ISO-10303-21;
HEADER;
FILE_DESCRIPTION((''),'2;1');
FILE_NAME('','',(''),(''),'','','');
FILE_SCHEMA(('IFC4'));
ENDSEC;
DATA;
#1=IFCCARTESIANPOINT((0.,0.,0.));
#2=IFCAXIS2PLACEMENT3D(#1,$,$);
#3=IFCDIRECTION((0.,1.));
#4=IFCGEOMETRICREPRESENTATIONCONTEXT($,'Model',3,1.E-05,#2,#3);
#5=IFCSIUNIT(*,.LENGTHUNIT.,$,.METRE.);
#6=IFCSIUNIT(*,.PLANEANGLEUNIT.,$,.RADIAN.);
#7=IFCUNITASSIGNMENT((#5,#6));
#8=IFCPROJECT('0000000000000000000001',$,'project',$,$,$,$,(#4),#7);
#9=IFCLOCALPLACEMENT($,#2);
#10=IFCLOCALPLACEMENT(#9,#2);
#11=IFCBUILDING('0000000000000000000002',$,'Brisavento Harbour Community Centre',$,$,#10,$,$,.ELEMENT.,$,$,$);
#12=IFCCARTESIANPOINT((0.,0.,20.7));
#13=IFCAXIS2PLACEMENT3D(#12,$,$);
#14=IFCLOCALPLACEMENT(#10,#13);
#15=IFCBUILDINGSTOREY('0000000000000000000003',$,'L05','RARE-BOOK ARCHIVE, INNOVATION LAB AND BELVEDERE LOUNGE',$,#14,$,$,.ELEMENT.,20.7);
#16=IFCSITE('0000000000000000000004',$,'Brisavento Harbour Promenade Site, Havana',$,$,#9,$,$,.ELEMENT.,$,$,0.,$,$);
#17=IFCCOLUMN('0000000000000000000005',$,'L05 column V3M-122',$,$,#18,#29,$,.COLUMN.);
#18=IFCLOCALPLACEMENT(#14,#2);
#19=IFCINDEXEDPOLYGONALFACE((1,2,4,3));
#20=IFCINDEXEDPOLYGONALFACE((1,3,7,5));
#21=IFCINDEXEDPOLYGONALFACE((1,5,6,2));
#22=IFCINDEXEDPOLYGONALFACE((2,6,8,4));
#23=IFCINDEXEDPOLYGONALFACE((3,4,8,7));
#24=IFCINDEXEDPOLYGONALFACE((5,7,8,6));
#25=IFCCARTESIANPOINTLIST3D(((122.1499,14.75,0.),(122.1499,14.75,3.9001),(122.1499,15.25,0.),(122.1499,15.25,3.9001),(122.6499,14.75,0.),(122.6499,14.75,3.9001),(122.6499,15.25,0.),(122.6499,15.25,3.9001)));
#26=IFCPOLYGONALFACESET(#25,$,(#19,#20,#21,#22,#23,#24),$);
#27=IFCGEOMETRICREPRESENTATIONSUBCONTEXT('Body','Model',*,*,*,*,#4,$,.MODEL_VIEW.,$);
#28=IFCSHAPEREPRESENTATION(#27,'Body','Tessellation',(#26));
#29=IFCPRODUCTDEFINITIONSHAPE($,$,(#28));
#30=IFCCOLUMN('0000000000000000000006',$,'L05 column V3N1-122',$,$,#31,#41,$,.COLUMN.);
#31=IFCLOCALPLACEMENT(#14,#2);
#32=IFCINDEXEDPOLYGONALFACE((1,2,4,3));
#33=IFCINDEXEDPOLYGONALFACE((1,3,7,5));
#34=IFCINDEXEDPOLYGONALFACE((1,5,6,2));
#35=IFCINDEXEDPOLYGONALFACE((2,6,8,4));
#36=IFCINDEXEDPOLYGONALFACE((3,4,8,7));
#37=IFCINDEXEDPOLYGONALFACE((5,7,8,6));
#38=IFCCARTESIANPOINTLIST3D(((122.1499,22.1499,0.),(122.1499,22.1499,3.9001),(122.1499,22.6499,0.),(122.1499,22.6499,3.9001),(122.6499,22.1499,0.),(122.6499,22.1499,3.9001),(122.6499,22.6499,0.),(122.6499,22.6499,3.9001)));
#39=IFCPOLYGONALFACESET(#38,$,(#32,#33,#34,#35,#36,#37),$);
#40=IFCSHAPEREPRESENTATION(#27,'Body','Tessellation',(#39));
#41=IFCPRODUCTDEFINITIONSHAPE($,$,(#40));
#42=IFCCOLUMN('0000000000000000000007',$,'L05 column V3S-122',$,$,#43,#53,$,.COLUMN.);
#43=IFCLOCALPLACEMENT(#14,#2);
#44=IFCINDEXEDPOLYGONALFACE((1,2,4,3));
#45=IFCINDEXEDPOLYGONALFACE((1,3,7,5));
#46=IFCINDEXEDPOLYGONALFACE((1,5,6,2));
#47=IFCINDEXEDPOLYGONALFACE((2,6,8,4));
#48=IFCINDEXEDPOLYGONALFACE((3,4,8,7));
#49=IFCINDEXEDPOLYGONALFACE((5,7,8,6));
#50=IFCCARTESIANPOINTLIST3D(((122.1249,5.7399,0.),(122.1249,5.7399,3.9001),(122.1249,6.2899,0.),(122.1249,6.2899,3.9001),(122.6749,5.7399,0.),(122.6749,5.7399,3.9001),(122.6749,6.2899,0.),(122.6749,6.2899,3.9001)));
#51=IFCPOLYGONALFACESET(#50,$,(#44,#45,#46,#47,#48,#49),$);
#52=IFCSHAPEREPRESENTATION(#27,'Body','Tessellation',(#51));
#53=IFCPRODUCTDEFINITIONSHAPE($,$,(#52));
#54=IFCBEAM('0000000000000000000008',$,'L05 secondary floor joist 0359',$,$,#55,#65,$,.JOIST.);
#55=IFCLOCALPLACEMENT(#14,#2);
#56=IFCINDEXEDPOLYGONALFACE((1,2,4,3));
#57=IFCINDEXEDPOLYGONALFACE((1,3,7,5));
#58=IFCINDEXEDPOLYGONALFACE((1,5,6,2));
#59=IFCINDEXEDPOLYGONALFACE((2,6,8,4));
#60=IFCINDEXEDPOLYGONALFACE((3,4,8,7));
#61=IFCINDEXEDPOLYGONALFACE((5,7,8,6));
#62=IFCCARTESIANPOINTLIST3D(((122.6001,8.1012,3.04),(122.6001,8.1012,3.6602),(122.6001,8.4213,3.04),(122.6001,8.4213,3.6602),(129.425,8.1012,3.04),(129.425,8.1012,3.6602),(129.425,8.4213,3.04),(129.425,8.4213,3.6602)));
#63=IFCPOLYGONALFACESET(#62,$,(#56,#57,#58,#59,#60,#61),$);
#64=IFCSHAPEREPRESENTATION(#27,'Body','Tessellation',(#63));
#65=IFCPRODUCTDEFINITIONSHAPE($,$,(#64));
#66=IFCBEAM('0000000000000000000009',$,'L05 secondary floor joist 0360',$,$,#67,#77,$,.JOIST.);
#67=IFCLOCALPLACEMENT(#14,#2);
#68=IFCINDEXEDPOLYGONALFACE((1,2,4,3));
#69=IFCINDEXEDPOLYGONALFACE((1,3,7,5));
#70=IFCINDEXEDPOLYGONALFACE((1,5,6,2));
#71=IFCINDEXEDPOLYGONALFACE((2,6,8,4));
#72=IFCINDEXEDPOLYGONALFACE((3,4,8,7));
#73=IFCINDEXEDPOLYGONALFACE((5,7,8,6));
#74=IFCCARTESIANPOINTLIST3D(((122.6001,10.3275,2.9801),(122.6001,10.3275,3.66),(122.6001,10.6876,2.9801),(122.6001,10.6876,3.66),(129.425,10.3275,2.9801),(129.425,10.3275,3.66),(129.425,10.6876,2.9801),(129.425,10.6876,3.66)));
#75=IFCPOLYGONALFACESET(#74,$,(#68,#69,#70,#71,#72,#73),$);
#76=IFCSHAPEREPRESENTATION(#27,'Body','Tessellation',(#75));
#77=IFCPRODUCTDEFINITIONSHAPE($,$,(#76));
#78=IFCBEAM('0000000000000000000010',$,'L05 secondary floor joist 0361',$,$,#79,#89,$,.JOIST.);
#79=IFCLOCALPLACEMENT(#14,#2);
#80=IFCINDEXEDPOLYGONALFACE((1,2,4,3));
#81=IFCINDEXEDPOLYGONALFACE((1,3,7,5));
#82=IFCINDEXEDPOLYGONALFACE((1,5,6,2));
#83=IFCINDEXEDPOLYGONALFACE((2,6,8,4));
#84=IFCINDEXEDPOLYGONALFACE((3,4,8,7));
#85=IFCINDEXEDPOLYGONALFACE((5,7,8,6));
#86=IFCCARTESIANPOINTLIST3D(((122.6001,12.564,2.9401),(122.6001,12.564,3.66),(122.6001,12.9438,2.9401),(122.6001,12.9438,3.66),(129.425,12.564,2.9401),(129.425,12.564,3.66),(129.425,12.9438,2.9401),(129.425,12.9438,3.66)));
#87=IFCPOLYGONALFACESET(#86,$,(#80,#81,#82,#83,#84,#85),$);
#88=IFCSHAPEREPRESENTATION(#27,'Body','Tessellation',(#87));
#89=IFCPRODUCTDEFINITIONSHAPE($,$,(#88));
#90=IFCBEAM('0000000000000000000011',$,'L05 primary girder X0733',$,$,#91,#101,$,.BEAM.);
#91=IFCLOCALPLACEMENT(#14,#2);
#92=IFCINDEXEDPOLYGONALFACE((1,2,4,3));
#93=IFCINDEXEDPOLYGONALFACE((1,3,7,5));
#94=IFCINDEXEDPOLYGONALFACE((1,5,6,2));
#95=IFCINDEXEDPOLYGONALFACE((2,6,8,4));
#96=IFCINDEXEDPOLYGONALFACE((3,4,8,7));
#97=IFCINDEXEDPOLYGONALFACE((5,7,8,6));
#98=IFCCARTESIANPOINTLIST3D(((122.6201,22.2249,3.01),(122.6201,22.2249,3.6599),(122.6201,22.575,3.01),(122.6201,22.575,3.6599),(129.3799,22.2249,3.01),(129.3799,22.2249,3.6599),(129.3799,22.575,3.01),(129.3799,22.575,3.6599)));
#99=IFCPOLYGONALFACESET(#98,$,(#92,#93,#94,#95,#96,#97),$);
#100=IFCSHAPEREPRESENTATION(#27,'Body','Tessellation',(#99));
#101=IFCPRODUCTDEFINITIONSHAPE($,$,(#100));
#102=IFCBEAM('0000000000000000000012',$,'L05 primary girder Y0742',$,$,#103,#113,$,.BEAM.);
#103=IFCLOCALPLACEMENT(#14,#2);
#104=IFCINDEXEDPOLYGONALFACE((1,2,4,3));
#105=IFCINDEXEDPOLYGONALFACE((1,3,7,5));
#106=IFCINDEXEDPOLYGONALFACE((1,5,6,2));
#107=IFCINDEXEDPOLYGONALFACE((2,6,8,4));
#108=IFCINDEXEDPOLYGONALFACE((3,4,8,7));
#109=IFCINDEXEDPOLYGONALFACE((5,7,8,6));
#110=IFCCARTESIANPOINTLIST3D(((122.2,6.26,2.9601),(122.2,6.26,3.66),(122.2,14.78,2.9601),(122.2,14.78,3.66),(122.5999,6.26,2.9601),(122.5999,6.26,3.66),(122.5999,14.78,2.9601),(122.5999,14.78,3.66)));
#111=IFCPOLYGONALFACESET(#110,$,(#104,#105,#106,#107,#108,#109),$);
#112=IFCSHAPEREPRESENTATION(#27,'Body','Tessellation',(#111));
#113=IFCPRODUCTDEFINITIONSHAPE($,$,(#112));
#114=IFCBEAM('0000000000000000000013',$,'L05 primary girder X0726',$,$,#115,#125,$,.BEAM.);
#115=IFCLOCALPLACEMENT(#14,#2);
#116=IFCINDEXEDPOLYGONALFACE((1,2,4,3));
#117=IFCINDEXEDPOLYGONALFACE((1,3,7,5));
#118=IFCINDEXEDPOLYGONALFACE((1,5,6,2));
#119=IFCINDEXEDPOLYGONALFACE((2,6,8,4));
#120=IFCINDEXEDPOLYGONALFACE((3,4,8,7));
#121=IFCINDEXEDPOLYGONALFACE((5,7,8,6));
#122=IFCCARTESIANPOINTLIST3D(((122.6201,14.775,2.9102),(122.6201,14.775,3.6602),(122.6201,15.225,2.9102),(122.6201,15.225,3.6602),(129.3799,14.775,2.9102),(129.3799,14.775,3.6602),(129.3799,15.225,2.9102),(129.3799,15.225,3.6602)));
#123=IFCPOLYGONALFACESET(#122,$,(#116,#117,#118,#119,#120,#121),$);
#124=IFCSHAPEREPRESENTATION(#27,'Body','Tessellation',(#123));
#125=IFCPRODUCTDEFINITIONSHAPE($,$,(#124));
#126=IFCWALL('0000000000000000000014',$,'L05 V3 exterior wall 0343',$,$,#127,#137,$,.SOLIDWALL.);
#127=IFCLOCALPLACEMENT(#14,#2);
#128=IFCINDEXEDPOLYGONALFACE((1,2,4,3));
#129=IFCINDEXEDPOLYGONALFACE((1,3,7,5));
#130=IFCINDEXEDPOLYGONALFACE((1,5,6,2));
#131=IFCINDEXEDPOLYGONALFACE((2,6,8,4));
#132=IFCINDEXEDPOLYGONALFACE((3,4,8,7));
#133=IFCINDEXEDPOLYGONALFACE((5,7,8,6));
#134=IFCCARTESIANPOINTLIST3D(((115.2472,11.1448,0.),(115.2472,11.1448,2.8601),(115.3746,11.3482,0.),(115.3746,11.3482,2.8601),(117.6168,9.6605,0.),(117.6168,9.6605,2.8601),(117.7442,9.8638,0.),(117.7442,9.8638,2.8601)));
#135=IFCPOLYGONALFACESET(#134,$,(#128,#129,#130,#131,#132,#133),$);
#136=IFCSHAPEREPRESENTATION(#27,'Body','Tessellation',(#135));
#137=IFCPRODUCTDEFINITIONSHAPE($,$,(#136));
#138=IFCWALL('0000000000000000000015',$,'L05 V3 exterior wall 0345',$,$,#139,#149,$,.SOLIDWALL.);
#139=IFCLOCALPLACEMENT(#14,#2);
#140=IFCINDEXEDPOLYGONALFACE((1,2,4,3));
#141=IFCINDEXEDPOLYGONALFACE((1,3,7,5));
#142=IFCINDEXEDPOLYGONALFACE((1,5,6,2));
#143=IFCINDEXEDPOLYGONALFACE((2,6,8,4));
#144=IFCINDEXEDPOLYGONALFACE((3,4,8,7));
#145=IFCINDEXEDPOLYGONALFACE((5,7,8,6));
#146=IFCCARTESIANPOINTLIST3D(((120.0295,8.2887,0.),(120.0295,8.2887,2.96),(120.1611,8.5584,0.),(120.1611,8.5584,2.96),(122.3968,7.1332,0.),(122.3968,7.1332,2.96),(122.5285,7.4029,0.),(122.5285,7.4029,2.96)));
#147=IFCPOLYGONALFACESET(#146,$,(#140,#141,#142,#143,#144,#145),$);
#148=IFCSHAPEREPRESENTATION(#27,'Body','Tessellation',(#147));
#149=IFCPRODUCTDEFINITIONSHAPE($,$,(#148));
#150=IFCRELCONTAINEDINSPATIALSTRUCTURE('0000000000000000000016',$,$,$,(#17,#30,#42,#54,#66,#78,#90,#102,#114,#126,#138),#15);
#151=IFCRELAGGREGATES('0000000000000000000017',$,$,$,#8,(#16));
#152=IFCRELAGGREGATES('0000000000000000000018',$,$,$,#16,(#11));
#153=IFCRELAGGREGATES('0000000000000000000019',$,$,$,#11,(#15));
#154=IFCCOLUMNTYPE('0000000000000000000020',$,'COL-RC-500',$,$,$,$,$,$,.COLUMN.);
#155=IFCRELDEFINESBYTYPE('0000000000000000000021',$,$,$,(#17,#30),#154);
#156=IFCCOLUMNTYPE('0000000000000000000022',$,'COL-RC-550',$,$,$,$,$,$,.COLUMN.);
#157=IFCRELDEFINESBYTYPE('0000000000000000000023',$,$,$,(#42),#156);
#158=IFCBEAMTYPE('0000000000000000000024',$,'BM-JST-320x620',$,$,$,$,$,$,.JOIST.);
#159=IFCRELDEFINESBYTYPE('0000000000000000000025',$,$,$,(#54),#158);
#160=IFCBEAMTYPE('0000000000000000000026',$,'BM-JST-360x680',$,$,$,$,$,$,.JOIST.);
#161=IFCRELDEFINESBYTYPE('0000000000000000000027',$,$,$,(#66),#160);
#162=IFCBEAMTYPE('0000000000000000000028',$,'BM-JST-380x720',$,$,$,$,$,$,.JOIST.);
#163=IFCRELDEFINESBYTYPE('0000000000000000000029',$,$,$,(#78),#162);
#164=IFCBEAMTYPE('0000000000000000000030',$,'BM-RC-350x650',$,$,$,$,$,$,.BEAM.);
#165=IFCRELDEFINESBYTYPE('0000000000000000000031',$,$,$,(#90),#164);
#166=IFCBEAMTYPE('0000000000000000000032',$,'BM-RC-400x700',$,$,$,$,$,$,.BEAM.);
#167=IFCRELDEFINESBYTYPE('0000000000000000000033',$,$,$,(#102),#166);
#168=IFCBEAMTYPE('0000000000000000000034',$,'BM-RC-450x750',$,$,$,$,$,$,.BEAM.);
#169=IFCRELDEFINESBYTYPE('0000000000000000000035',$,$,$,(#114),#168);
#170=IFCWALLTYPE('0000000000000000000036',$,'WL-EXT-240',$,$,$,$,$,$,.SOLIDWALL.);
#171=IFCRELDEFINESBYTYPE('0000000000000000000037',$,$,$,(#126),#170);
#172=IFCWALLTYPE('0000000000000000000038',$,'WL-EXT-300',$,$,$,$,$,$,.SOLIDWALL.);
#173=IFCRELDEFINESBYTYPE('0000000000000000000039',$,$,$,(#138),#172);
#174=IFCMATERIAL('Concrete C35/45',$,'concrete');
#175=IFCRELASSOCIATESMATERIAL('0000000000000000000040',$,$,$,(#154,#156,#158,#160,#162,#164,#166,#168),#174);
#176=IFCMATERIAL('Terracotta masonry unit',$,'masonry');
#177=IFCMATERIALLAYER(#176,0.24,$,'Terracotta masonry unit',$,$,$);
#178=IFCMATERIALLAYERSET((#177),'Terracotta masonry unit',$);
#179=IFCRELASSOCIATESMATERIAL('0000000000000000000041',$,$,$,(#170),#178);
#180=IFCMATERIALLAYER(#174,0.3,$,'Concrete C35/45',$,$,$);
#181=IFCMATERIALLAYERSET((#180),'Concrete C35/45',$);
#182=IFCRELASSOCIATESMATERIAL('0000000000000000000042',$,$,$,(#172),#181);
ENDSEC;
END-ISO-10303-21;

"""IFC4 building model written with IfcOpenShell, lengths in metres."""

from ifc_helpers import new_model, si_unit, direction, frame, frame_2d, origin, origin_2d, place, context, subcontext, project, spatial, rectangle, extrude, material, layer, layer_set, material_profile, profile_set, type_object, element, save


model = new_model("IFC4")

# Units and contexts
model_context = context("Model", 3, precision=1e-05, world=origin(), true_north=direction((0.0, 1.0)))
body_context = subcontext(model_context, "Body", "Model", "MODEL_VIEW")
ifc_project = project(units=[si_unit("LENGTHUNIT", "METRE"), si_unit("PLANEANGLEUNIT", "RADIAN")], contexts=[model_context])

# Site, building, storey
site_placement = place(None, origin())
site = spatial("IfcSite", under=ifc_project, at=site_placement, Name="Brisavento Harbour Promenade Site, Havana", CompositionType="ELEMENT", RefElevation=0.0)
building_placement = place(site_placement, origin())
building = spatial("IfcBuilding", under=site, at=building_placement, Name="Brisavento Harbour Community Centre", CompositionType="ELEMENT")
storey_placement = place(building_placement, frame((0.0, 0.0, 20.7)))
storey = spatial("IfcBuildingStorey", under=building, at=storey_placement, Name="L05", Description="RARE-BOOK ARCHIVE, INNOVATION LAB AND BELVEDERE LOUNGE", CompositionType="ELEMENT", Elevation=20.7)

# Columns
ifc_material_1 = material(Name="Concrete C35/45", Category="concrete")
ifc_material_profile_1 = material_profile(ifc_material_1, rectangle(XDim=0.5, YDim=0.5, at=origin_2d()), Name="Concrete C35/45")
ifc_profile_set_1 = profile_set([ifc_material_profile_1], Name="Concrete C35/45")
column_type_1 = type_object("IfcColumnType", Name="COL-RC-500", PredefinedType="COLUMN", material=ifc_profile_set_1)
for number, where, z_axis, x_axis, name in (
    (1, (122.3999, 15.0, 0.0), (0.0, 0.0, 1.0), (1.0, 0.0, 0.0), "L05 column V3M-122"),
    (2, (122.3999, 22.3999, 0.0), (0.0, 0.0, 1.0), (1.0, 0.0, 0.0), "L05 column V3N1-122"),
):
    element("IfcColumn", number, at=place(storey_placement, frame(where, z_axis=z_axis, x_axis=x_axis)), inside=storey, type_object=column_type_1, Name=name, PredefinedType="COLUMN", context=body_context, shape_type="SweptSolid", body=[
        extrude(rectangle(XDim=0.5, YDim=0.5, at=origin_2d()), origin(), (0.0, 0.0, 1.0), 3.9001),
    ])
ifc_material_profile_2 = material_profile(ifc_material_1, rectangle(XDim=0.55, YDim=0.55, at=origin_2d()), Name="Concrete C35/45")
ifc_profile_set_2 = profile_set([ifc_material_profile_2], Name="Concrete C35/45")
column_type_2 = type_object("IfcColumnType", Name="COL-RC-550", PredefinedType="COLUMN", material=ifc_profile_set_2)
column_placement = place(storey_placement, frame((122.3999, 6.0149, 0.0), z_axis=(0.0, 0.0, 1.0), x_axis=(1.0, 0.0, 0.0)))
element("IfcColumn", 3, at=column_placement, inside=storey, type_object=column_type_2, Name="L05 column V3S-122", PredefinedType="COLUMN", context=body_context, shape_type="SweptSolid", body=[
    extrude(rectangle(XDim=0.55, YDim=0.55, at=origin_2d()), origin(), (0.0, 0.0, 1.0), 3.9001),
])

# Beams
ifc_material_profile_3 = material_profile(ifc_material_1, rectangle(XDim=0.3201, YDim=0.6201, at=origin_2d()), Name="Concrete C35/45")
ifc_profile_set_3 = profile_set([ifc_material_profile_3], Name="Concrete C35/45")
beam_type_1 = type_object("IfcBeamType", Name="BM-JST-320x620", PredefinedType="JOIST", material=ifc_profile_set_3)
beam_1_placement = place(storey_placement, frame((122.6001, 8.2612, 3.3501), z_axis=(1.0, 0.0, 0.0), x_axis=(0.0, 1.0, 0.0)))
element("IfcBeam", 4, at=beam_1_placement, inside=storey, type_object=beam_type_1, Name="L05 secondary floor joist 0359", PredefinedType="JOIST", context=body_context, shape_type="SweptSolid", body=[
    extrude(rectangle(XDim=0.3201, YDim=0.6201, at=origin_2d()), origin(), (0.0, 0.0, 1.0), 6.825),
])
ifc_material_profile_4 = material_profile(ifc_material_1, rectangle(XDim=0.3601, YDim=0.6799, at=origin_2d()), Name="Concrete C35/45")
ifc_profile_set_4 = profile_set([ifc_material_profile_4], Name="Concrete C35/45")
beam_type_2 = type_object("IfcBeamType", Name="BM-JST-360x680", PredefinedType="JOIST", material=ifc_profile_set_4)
beam_2_placement = place(storey_placement, frame((122.6001, 10.5076, 3.3201), z_axis=(1.0, 0.0, 0.0), x_axis=(0.0, 1.0, 0.0)))
element("IfcBeam", 5, at=beam_2_placement, inside=storey, type_object=beam_type_2, Name="L05 secondary floor joist 0360", PredefinedType="JOIST", context=body_context, shape_type="SweptSolid", body=[
    extrude(rectangle(XDim=0.3601, YDim=0.6799, at=origin_2d()), origin(), (0.0, 0.0, 1.0), 6.825),
])
ifc_material_profile_5 = material_profile(ifc_material_1, rectangle(XDim=0.3799, YDim=0.72, at=origin_2d()), Name="Concrete C35/45")
ifc_profile_set_5 = profile_set([ifc_material_profile_5], Name="Concrete C35/45")
beam_type_3 = type_object("IfcBeamType", Name="BM-JST-380x720", PredefinedType="JOIST", material=ifc_profile_set_5)
beam_3_placement = place(storey_placement, frame((122.6001, 12.7539, 3.3), z_axis=(1.0, 0.0, 0.0), x_axis=(0.0, 1.0, 0.0)))
element("IfcBeam", 6, at=beam_3_placement, inside=storey, type_object=beam_type_3, Name="L05 secondary floor joist 0361", PredefinedType="JOIST", context=body_context, shape_type="SweptSolid", body=[
    extrude(rectangle(XDim=0.3799, YDim=0.72, at=origin_2d()), origin(), (0.0, 0.0, 1.0), 6.825),
])
ifc_material_profile_6 = material_profile(ifc_material_1, rectangle(XDim=0.3501, YDim=0.6499, at=origin_2d()), Name="Concrete C35/45")
ifc_profile_set_6 = profile_set([ifc_material_profile_6], Name="Concrete C35/45")
beam_type_4 = type_object("IfcBeamType", Name="BM-RC-350x650", PredefinedType="BEAM", material=ifc_profile_set_6)
beam_4_placement = place(storey_placement, frame((122.6201, 22.3999, 3.335), z_axis=(1.0, 0.0, 0.0), x_axis=(0.0, 1.0, 0.0)))
element("IfcBeam", 7, at=beam_4_placement, inside=storey, type_object=beam_type_4, Name="L05 primary girder X0733", PredefinedType="BEAM", context=body_context, shape_type="SweptSolid", body=[
    extrude(rectangle(XDim=0.3501, YDim=0.6499, at=origin_2d()), origin(), (0.0, 0.0, 1.0), 6.7598),
])
ifc_material_profile_7 = material_profile(ifc_material_1, rectangle(XDim=0.3999, YDim=0.7, at=origin_2d()), Name="Concrete C35/45")
ifc_profile_set_7 = profile_set([ifc_material_profile_7], Name="Concrete C35/45")
beam_type_5 = type_object("IfcBeamType", Name="BM-RC-400x700", PredefinedType="BEAM", material=ifc_profile_set_7)
beam_5_placement = place(storey_placement, frame((122.3999, 6.26, 3.3101), z_axis=(0.0, 1.0, 0.0), x_axis=(-1.0, 0.0, 0.0)))
element("IfcBeam", 8, at=beam_5_placement, inside=storey, type_object=beam_type_5, Name="L05 primary girder Y0742", PredefinedType="BEAM", context=body_context, shape_type="SweptSolid", body=[
    extrude(rectangle(XDim=0.3999, YDim=0.7, at=origin_2d()), origin(), (0.0, 0.0, 1.0), 8.52),
])
ifc_material_profile_8 = material_profile(ifc_material_1, rectangle(XDim=0.45, YDim=0.75, at=origin_2d()), Name="Concrete C35/45")
ifc_profile_set_8 = profile_set([ifc_material_profile_8], Name="Concrete C35/45")
beam_type_6 = type_object("IfcBeamType", Name="BM-RC-450x750", PredefinedType="BEAM", material=ifc_profile_set_8)
beam_6_placement = place(storey_placement, frame((122.6201, 15.0, 3.2852), z_axis=(1.0, 0.0, 0.0), x_axis=(0.0, 1.0, 0.0)))
element("IfcBeam", 9, at=beam_6_placement, inside=storey, type_object=beam_type_6, Name="L05 primary girder X0726", PredefinedType="BEAM", context=body_context, shape_type="SweptSolid", body=[
    extrude(rectangle(XDim=0.45, YDim=0.75, at=origin_2d()), origin(), (0.0, 0.0, 1.0), 6.7598),
])

# Walls
ifc_material_2 = material(Name="Terracotta masonry unit", Category="masonry")
ifc_layer_1 = layer(ifc_material_2, 0.24, Name="Terracotta masonry unit")
ifc_layer_set_1 = layer_set([ifc_layer_1], Name="Terracotta masonry unit")
wall_type_1 = type_object("IfcWallType", Name="WL-EXT-240", PredefinedType="SOLIDWALL", material=ifc_layer_set_1)
wall_1_placement = place(storey_placement, frame((117.6804, 9.7622, 0.0), z_axis=(0.0, 0.0, 1.0), x_axis=(-0.847458, 0.530862, 0.0)))
element("IfcWall", 10, at=wall_1_placement, inside=storey, type_object=wall_type_1, Name="L05 V3 exterior wall 0343", PredefinedType="SOLIDWALL", context=body_context, shape_type="SweptSolid", body=[
    extrude(rectangle(XDim=2.7961, YDim=0.24, at=frame_2d((1.3979, 0.0))), origin(), (0.0, 0.0, 1.0), 2.8601),
])
ifc_layer_2 = layer(ifc_material_1, 0.3, Name="Concrete C35/45")
ifc_layer_set_2 = layer_set([ifc_layer_2], Name="Concrete C35/45")
wall_type_2 = type_object("IfcWallType", Name="WL-EXT-300", PredefinedType="SOLIDWALL", material=ifc_layer_set_2)
wall_2_placement = place(storey_placement, frame((122.4626, 7.2681, 0.0), z_axis=(0.0, 0.0, 1.0), x_axis=(-0.898668, 0.43863, 0.0)))
element("IfcWall", 11, at=wall_2_placement, inside=storey, type_object=wall_type_2, Name="L05 V3 exterior wall 0345", PredefinedType="SOLIDWALL", context=body_context, shape_type="SweptSolid", body=[
    extrude(rectangle(XDim=2.6343, YDim=0.3, at=frame_2d((1.3171, 0.0))), origin(), (0.0, 0.0, 1.0), 2.96),
])

save(model, "model.ifc")
